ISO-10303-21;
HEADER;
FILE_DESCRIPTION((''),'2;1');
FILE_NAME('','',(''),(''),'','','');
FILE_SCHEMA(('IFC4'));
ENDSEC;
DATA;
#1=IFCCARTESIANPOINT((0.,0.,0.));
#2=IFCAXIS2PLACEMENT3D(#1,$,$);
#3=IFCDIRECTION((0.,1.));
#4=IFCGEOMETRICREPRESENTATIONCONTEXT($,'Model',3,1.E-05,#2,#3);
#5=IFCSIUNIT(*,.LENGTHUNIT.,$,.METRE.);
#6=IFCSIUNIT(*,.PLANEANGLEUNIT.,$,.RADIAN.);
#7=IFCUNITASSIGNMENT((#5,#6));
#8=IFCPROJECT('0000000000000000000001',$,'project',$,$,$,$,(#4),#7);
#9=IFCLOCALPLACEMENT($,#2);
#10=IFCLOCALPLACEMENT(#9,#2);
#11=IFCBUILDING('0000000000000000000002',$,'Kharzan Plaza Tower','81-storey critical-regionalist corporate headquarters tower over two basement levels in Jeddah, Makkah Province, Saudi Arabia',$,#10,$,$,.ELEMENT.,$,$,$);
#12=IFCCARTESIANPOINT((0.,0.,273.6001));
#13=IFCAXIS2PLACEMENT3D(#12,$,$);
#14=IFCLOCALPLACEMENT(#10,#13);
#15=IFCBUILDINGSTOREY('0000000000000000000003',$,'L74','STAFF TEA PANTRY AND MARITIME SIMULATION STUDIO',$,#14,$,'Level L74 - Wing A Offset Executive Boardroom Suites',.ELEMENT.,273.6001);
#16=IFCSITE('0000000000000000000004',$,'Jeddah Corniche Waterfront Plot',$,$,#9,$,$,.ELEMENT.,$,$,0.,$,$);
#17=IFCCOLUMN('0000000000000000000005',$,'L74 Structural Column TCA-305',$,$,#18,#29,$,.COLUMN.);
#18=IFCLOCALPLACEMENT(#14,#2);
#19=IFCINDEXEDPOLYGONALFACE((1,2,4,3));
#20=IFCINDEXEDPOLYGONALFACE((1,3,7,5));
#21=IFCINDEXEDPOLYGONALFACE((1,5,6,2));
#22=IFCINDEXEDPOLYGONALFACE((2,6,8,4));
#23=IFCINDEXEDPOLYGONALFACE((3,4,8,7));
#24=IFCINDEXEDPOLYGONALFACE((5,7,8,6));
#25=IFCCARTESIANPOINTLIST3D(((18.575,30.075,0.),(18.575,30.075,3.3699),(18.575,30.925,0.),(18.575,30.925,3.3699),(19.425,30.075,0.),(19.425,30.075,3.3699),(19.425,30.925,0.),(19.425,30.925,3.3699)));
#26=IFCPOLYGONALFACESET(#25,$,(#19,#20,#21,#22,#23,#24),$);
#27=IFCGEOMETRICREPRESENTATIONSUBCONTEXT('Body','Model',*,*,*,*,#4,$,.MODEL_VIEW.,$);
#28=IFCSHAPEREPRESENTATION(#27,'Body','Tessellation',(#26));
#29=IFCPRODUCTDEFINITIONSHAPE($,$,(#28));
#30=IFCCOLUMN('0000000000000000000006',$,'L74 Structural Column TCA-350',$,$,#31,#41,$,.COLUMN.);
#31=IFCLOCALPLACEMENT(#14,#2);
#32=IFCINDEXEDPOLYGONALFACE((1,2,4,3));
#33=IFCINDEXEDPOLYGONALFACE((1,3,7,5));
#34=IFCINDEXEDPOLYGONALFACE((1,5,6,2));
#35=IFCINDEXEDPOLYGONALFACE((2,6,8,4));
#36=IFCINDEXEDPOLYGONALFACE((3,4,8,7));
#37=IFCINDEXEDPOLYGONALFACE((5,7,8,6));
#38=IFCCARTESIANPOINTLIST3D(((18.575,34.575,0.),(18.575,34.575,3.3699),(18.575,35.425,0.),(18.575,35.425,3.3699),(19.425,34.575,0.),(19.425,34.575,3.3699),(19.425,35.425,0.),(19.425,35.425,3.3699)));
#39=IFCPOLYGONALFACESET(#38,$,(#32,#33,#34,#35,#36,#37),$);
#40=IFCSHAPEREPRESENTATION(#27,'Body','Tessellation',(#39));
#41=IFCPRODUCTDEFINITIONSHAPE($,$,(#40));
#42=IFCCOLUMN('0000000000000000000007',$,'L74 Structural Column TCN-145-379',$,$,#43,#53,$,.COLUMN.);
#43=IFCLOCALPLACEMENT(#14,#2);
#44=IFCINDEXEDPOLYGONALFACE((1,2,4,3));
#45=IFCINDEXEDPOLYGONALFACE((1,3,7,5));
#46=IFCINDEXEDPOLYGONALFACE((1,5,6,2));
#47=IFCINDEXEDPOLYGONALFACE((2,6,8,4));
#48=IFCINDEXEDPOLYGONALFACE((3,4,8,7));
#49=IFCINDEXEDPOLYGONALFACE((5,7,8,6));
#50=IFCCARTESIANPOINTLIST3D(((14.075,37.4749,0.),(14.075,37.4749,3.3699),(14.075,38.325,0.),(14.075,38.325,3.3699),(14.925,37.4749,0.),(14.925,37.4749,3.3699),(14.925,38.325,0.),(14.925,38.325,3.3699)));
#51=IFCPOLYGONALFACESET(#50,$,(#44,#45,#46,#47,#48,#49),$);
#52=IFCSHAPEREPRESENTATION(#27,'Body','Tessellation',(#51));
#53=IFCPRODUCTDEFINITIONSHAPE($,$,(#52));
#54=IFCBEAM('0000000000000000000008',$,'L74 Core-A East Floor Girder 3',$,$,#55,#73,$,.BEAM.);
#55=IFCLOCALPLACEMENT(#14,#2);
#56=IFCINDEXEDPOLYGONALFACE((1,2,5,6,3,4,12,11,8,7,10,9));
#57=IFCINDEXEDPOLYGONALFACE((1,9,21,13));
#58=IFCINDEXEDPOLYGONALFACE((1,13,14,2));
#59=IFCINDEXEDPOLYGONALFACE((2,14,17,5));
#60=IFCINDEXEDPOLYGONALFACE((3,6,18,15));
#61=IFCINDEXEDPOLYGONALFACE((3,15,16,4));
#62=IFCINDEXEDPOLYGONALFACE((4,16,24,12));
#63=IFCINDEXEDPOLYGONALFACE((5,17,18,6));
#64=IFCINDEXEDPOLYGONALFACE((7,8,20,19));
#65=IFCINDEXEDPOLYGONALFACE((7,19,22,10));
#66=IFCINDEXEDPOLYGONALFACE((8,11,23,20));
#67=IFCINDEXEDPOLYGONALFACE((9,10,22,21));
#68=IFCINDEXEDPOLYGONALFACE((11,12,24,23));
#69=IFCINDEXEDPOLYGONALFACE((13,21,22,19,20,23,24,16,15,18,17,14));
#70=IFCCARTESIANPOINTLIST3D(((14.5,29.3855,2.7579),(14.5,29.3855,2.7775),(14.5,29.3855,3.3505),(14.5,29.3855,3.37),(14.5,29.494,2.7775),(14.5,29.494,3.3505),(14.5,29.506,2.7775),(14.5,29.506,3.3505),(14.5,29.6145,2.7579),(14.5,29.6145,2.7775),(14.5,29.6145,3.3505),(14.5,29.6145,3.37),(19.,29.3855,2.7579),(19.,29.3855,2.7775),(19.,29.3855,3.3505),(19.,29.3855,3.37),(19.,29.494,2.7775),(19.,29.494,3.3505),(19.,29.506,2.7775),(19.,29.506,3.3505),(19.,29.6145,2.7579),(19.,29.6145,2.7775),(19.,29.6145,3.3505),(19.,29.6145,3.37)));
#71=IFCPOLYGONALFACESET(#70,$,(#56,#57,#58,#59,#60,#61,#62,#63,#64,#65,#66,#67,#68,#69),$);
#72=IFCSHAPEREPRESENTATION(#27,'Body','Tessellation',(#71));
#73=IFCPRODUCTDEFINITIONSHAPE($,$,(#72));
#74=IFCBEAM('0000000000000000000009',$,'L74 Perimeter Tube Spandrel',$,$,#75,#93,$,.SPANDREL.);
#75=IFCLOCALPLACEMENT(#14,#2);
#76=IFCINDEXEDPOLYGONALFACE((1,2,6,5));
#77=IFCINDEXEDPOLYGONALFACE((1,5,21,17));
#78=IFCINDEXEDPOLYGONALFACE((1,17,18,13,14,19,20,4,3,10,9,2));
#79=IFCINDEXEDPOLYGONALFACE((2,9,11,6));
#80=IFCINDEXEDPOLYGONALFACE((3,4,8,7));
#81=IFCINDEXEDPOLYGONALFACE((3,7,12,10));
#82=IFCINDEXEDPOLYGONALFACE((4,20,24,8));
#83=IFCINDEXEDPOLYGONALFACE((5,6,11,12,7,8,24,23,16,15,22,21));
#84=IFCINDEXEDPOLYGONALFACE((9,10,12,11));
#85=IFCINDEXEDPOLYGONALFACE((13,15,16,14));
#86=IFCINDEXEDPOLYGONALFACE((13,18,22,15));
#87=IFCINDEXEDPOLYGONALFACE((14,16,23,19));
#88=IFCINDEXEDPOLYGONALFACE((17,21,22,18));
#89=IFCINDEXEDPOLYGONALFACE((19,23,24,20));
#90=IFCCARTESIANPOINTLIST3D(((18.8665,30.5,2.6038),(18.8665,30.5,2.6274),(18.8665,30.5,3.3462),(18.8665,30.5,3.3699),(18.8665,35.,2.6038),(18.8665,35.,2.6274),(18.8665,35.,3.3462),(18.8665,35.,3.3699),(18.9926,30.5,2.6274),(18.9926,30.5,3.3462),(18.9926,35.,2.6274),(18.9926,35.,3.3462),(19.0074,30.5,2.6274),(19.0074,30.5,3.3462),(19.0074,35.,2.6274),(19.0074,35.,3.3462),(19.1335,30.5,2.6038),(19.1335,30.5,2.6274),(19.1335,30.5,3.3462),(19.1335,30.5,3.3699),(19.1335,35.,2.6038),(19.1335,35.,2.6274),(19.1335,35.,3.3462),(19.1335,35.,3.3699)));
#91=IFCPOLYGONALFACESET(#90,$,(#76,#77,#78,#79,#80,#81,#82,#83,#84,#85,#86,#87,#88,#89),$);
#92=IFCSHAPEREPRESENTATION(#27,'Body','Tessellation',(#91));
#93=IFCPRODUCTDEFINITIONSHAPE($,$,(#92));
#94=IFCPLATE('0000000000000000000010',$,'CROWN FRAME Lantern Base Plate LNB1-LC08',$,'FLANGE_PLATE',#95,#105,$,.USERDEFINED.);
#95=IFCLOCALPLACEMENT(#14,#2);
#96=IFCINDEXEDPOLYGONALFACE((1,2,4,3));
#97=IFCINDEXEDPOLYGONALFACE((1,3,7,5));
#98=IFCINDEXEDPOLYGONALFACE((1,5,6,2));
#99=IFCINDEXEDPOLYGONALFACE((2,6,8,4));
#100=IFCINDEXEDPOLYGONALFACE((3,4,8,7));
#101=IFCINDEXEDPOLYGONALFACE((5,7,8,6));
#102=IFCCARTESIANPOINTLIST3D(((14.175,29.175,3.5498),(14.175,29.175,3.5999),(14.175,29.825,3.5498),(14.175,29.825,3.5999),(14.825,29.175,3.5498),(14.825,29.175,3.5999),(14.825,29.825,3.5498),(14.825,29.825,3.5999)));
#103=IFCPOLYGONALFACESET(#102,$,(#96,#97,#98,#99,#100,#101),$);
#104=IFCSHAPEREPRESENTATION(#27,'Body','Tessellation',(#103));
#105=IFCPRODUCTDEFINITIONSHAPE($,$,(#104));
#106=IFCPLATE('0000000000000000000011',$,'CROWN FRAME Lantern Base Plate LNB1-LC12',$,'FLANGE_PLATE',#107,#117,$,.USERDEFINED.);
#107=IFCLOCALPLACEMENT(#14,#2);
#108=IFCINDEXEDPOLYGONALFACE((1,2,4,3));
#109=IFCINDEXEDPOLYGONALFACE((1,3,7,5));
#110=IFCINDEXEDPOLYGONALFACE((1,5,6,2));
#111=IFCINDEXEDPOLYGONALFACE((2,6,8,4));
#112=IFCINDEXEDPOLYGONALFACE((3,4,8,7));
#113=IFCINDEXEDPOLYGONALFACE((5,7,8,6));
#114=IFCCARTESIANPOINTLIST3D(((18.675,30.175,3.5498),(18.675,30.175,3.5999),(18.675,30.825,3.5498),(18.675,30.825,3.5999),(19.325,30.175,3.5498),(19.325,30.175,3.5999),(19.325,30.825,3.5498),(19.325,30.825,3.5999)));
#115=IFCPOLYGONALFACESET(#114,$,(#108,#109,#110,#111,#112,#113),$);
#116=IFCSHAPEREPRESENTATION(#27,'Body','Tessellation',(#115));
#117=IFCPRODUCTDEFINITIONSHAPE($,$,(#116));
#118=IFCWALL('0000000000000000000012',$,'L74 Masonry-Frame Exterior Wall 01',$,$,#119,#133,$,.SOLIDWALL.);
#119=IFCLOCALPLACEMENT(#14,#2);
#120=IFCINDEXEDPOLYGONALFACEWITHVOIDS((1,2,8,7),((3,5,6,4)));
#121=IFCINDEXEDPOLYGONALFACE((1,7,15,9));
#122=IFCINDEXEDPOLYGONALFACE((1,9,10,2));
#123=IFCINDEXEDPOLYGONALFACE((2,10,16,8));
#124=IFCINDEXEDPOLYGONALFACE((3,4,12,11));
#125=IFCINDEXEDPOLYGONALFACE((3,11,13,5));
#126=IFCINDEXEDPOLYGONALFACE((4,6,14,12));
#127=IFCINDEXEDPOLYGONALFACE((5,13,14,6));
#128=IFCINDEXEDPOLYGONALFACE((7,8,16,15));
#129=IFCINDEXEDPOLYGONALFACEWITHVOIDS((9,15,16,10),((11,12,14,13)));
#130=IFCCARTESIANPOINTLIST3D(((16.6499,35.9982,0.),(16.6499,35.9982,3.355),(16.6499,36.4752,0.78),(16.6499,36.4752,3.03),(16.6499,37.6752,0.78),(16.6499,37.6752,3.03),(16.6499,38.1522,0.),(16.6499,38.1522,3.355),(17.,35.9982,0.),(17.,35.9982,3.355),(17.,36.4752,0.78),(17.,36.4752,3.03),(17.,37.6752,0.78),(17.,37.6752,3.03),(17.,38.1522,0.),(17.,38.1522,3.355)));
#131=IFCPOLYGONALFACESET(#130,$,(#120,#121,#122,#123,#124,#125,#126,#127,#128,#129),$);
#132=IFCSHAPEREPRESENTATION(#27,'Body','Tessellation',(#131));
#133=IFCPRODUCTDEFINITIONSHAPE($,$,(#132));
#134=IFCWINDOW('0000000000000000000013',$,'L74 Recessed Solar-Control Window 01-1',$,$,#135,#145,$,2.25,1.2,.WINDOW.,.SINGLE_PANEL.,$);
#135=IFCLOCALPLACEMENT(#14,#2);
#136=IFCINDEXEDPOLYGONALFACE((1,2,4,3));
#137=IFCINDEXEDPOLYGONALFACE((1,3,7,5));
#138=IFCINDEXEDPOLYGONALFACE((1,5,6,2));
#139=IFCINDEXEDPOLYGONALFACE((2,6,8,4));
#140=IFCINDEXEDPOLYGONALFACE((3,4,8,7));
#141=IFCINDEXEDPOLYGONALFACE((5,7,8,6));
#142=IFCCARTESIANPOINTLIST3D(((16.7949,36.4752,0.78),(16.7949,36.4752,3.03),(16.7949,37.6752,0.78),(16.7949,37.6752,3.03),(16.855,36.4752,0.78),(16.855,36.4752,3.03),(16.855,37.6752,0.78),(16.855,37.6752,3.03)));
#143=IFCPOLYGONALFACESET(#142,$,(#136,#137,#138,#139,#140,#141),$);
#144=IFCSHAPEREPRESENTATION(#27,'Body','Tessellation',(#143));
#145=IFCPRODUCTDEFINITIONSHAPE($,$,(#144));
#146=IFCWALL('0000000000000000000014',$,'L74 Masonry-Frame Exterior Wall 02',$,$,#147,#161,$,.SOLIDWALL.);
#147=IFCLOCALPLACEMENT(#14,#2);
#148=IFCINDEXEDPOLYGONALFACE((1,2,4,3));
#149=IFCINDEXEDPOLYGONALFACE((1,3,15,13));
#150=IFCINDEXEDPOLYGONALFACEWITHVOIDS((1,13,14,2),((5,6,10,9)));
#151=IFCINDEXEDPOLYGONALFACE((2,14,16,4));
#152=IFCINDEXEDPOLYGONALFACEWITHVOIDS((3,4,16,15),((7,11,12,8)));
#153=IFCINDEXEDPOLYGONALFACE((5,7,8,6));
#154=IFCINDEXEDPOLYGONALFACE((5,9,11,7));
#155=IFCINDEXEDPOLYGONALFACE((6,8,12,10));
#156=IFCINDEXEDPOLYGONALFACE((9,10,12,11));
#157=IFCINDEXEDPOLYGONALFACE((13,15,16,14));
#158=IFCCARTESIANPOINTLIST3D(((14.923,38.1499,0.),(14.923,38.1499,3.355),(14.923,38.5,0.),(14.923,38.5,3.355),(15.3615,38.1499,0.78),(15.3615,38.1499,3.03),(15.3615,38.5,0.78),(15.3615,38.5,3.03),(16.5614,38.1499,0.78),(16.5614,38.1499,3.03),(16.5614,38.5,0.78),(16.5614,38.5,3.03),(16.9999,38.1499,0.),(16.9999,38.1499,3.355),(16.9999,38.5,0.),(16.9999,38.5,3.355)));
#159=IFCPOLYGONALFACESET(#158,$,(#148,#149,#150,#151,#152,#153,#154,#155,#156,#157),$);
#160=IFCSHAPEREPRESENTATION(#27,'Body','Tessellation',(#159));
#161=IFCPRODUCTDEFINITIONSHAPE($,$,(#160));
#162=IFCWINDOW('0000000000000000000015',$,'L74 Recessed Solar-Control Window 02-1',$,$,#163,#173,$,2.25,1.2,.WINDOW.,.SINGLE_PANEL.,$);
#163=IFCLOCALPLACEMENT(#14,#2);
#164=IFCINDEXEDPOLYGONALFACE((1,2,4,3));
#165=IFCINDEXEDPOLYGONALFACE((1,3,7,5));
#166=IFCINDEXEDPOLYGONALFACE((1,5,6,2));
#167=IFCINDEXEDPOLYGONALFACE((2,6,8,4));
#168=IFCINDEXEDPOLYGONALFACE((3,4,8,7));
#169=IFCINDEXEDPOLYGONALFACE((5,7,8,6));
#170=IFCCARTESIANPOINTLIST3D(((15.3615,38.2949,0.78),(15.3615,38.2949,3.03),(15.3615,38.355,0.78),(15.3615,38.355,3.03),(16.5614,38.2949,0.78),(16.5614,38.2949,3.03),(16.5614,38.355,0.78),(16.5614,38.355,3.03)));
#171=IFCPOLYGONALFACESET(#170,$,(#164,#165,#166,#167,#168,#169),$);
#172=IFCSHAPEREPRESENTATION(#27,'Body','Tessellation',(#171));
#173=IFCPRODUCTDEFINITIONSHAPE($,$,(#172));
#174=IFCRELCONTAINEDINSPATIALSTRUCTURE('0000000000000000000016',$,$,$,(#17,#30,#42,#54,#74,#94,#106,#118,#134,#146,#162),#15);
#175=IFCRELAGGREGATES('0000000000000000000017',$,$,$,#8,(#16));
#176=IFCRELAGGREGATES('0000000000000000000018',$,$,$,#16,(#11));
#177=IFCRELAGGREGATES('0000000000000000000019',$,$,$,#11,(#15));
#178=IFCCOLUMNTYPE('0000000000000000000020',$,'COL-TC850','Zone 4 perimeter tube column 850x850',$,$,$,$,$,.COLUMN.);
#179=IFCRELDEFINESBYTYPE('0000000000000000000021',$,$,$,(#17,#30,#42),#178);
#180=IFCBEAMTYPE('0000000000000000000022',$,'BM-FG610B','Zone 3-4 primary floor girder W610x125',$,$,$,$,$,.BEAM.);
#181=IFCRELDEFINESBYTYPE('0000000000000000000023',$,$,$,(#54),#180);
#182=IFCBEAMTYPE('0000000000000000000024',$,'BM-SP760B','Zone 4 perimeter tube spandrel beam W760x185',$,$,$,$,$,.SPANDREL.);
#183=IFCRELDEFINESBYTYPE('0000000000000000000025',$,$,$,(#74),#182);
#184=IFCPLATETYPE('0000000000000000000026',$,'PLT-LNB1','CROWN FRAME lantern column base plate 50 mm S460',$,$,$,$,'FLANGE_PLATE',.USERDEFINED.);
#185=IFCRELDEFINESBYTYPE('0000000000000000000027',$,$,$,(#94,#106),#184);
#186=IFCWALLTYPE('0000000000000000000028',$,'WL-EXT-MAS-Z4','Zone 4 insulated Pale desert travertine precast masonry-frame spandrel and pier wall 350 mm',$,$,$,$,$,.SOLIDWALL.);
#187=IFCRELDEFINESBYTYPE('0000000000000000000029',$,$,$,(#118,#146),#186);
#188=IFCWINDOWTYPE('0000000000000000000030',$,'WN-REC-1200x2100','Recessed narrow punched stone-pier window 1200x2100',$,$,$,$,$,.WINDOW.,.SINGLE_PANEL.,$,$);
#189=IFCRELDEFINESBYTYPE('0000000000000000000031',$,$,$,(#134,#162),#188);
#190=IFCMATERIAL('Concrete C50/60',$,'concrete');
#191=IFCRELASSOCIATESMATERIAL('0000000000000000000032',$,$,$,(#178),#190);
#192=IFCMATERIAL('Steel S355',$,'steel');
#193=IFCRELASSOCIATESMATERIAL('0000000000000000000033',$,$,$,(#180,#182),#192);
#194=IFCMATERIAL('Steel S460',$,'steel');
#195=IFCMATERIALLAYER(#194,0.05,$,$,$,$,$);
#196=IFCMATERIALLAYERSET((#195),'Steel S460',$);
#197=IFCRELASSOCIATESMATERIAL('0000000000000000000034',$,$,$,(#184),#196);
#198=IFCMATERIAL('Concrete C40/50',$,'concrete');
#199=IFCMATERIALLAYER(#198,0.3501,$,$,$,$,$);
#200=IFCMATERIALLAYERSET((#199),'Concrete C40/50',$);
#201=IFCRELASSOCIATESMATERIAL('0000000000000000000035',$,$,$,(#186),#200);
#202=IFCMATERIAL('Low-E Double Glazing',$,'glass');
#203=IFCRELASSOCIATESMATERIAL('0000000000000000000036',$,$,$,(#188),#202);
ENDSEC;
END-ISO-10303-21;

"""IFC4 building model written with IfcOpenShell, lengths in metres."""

from ifc_helpers import new_model, si_unit, direction, frame, frame_2d, origin, origin_2d, place, context, subcontext, project, spatial, rectangle, i_section, extrude, source, transform, mapped, material, layer, layer_set, material_profile, profile_set, type_object, element, fill, save


model = new_model("IFC4")

# Units and contexts
model_context = context("Model", 3, precision=1e-05, world=origin(), true_north=direction((0.0, 1.0)))
body_context = subcontext(model_context, "Body", "Model", "MODEL_VIEW")
ifc_project = project(units=[si_unit("LENGTHUNIT", "METRE"), si_unit("PLANEANGLEUNIT", "RADIAN")], contexts=[model_context])

# Site, building, storey
site_placement = place(None, origin())
site = spatial("IfcSite", under=ifc_project, at=site_placement, Name="Jeddah Corniche Waterfront Plot", CompositionType="ELEMENT", RefElevation=0.0)
building_placement = place(site_placement, origin())
building = spatial("IfcBuilding", under=site, at=building_placement, Name="Kharzan Plaza Tower", Description="81-storey critical-regionalist corporate headquarters tower over two basement levels in Jeddah, Makkah Province, Saudi Arabia", CompositionType="ELEMENT")
storey_placement = place(building_placement, frame((0.0, 0.0, 273.6001)))
storey = spatial("IfcBuildingStorey", under=building, at=storey_placement, Name="L74", Description="STAFF TEA PANTRY AND MARITIME SIMULATION STUDIO", LongName="Level L74 - Wing A Offset Executive Boardroom Suites", CompositionType="ELEMENT", Elevation=273.6001)

# Columns
ifc_material_1 = material(Name="Concrete C50/60", Category="concrete")
ifc_material_profile_1 = material_profile(ifc_material_1, rectangle(XDim=0.8501, YDim=0.8501, at=origin_2d()), Name="RC-TC850x850")
ifc_profile_set_1 = profile_set([ifc_material_profile_1], Name="Concrete C50/60")
column_type = type_object("IfcColumnType", Name="COL-TC850", Description="Zone 4 perimeter tube column 850x850", PredefinedType="COLUMN", material=ifc_profile_set_1)
shared_shape_1 = source(origin(), body_context, "Body", "SweptSolid", [
    extrude(rectangle(XDim=0.8501, YDim=0.8501, at=origin_2d()), origin(), (0.0, 0.0, 1.0), 3.3699),
])
for number, where, z_axis, x_axis, name in (
    (1, (19.0, 30.5, 0.0), (0.0, 0.0, 1.0), (1.0, 0.0, 0.0), "L74 Structural Column TCA-305"),
    (2, (19.0, 35.0, 0.0), (0.0, 0.0, 1.0), (1.0, 0.0, 0.0), "L74 Structural Column TCA-350"),
    (3, (14.5, 37.8999, 0.0), (0.0, 0.0, 1.0), (1.0, 0.0, 0.0), "L74 Structural Column TCN-145-379"),
):
    element("IfcColumn", number, at=place(storey_placement, frame(where, z_axis=z_axis, x_axis=x_axis)), inside=storey, type_object=column_type, Name=name, PredefinedType="COLUMN", context=body_context, shape_type="MappedRepresentation", body=[
        mapped(shared_shape_1, transform((0.0, 0.0, 0.0), x_axis=(1.0, 0.0, 0.0), y_axis=(0.0, 1.0, 0.0), z_axis=(0.0, 0.0, 1.0))),
    ])

# Beams
ifc_material_2 = material(Name="Steel S355", Category="steel")
ifc_material_profile_2 = material_profile(ifc_material_2, i_section(OverallWidth=0.229, OverallDepth=0.6121, WebThickness=0.012, FlangeThickness=0.0195, at=origin_2d()), Name="W610x125")
ifc_profile_set_2 = profile_set([ifc_material_profile_2], Name="Steel S355")
beam_type_1 = type_object("IfcBeamType", Name="BM-FG610B", Description="Zone 3-4 primary floor girder W610x125", PredefinedType="BEAM", material=ifc_profile_set_2)
shared_shape_2 = source(origin(), body_context, "Body", "SweptSolid", [
    extrude(i_section(OverallWidth=0.229, OverallDepth=0.6121, WebThickness=0.012, FlangeThickness=0.0195, at=origin_2d()), origin(), (0.0, 0.0, 1.0), 4.5),
])
beam_1_placement = place(storey_placement, frame((14.5, 29.5, 3.064), z_axis=(1.0, 0.0, 0.0), x_axis=(0.0, 1.0, 0.0)))
element("IfcBeam", 4, at=beam_1_placement, inside=storey, type_object=beam_type_1, Name="L74 Core-A East Floor Girder 3", PredefinedType="BEAM", context=body_context, shape_type="MappedRepresentation", body=[
    mapped(shared_shape_2, transform((0.0, 0.0, 0.0), x_axis=(1.0, 0.0, 0.0), y_axis=(0.0, 1.0, 0.0), z_axis=(0.0, 0.0, 1.0))),
])
ifc_material_profile_3 = material_profile(ifc_material_2, i_section(OverallWidth=0.2671, OverallDepth=0.7661, WebThickness=0.0149, FlangeThickness=0.0237, at=origin_2d()), Name="W760x185")
ifc_profile_set_3 = profile_set([ifc_material_profile_3], Name="Steel S355")
beam_type_2 = type_object("IfcBeamType", Name="BM-SP760B", Description="Zone 4 perimeter tube spandrel beam W760x185", PredefinedType="SPANDREL", material=ifc_profile_set_3)
shared_shape_3 = source(origin(), body_context, "Body", "SweptSolid", [
    extrude(i_section(OverallWidth=0.2671, OverallDepth=0.7661, WebThickness=0.0149, FlangeThickness=0.0237, at=origin_2d()), origin(), (0.0, 0.0, 1.0), 4.5),
])
beam_2_placement = place(storey_placement, frame((19.0, 30.5, 2.9868), z_axis=(0.0, 1.0, 0.0), x_axis=(-1.0, 0.0, 0.0)))
element("IfcBeam", 5, at=beam_2_placement, inside=storey, type_object=beam_type_2, Name="L74 Perimeter Tube Spandrel", PredefinedType="SPANDREL", context=body_context, shape_type="MappedRepresentation", body=[
    mapped(shared_shape_3, transform((0.0, 0.0, 0.0), x_axis=(1.0, 0.0, 0.0), y_axis=(0.0, 1.0, 0.0), z_axis=(0.0, 0.0, 1.0))),
])

# Plates
ifc_material_3 = material(Name="Steel S460", Category="steel")
ifc_layer_1 = layer(ifc_material_3, 0.05)
ifc_layer_set_1 = layer_set([ifc_layer_1], Name="Steel S460")
plate_type = type_object("IfcPlateType", Name="PLT-LNB1", Description="CROWN FRAME lantern column base plate 50 mm S460", ElementType="FLANGE_PLATE", PredefinedType="USERDEFINED", material=ifc_layer_set_1)
shared_shape_4 = source(origin(), body_context, "Body", "SweptSolid", [
    extrude(rectangle(XDim=0.6499, YDim=0.6499, at=origin_2d()), origin(), (0.0, 0.0, 1.0), 0.05),
])
for number, where, z_axis, x_axis, name in (
    (6, (14.5, 29.5, 3.5498), (0.0, 0.0, 1.0), (1.0, 0.0, 0.0), "CROWN FRAME Lantern Base Plate LNB1-LC08"),
    (7, (19.0, 30.5, 3.5498), (0.0, 0.0, 1.0), (1.0, 0.0, 0.0), "CROWN FRAME Lantern Base Plate LNB1-LC12"),
):
    element("IfcPlate", number, at=place(storey_placement, frame(where, z_axis=z_axis, x_axis=x_axis)), inside=storey, type_object=plate_type, Name=name, ObjectType="FLANGE_PLATE", PredefinedType="USERDEFINED", context=body_context, shape_type="MappedRepresentation", body=[
        mapped(shared_shape_4, transform((0.0, 0.0, 0.0), x_axis=(1.0, 0.0, 0.0), y_axis=(0.0, 1.0, 0.0), z_axis=(0.0, 0.0, 1.0))),
    ])

# Walls, openings, windows
ifc_material_4 = material(Name="Concrete C40/50", Category="concrete")
ifc_layer_2 = layer(ifc_material_4, 0.3501)
ifc_layer_set_2 = layer_set([ifc_layer_2], Name="Concrete C40/50")
wall_type_1 = type_object("IfcWallType", Name="WL-EXT-MAS-Z4", Description="Zone 4 insulated Pale desert travertine precast masonry-frame spandrel and pier wall 350 mm", PredefinedType="SOLIDWALL", material=ifc_layer_set_2)
wall_1_placement = place(storey_placement, frame((16.825, 35.998, 0.0), z_axis=(0.0, 0.0, 1.0), x_axis=(0.0, 1.0, 0.0)))
wall_1 = element("IfcWall", 8, at=wall_1_placement, inside=storey, type_object=wall_type_1, Name="L74 Masonry-Frame Exterior Wall 01", PredefinedType="SOLIDWALL", context=body_context, shape_type="SweptSolid", body=[
    extrude(rectangle(XDim=2.1541, YDim=0.3501, at=frame_2d((1.0771, 0.0))), origin(), (0.0, 0.0, 1.0), 3.355),
])
opening_1_placement = place(wall_1_placement, frame((0.4771, 0.0, 0.78)))
opening_1 = element("IfcOpeningElement", 9, at=opening_1_placement, cuts=wall_1, PredefinedType="OPENING", context=body_context, shape_type="SweptSolid", body=[
    extrude(rectangle(XDim=1.2, YDim=2.25, at=frame_2d((0.6001, 1.125))), frame((0.0, 0.1851, 0.0), z_axis=(0.0, -1.0, 0.0), x_axis=(1.0, 0.0, 0.0)), (0.0, 0.0, 1.0), 0.3701),
])
ifc_material_5 = material(Name="Low-E Double Glazing", Category="glass")
window_type_1 = type_object("IfcWindowType", Name="WN-REC-1200x2100", Description="Recessed narrow punched stone-pier window 1200x2100", PartitioningType="SINGLE_PANEL", PredefinedType="WINDOW", material=ifc_material_5)
shared_shape_5 = source(origin(), body_context, "Body", "SweptSolid", [
    extrude(rectangle(XDim=1.2, YDim=2.25, at=frame_2d((0.6001, 1.125))), frame((0.0, 0.03, 0.0), z_axis=(0.0, -1.0, 0.0), x_axis=(1.0, 0.0, 0.0)), (0.0, 0.0, 1.0), 0.0601),
])
window_1_placement = place(opening_1_placement, origin())
window_1 = element("IfcWindow", 10, at=window_1_placement, inside=storey, type_object=window_type_1, Name="L74 Recessed Solar-Control Window 01-1", OverallHeight=2.25, OverallWidth=1.2, PartitioningType="SINGLE_PANEL", PredefinedType="WINDOW", context=body_context, shape_type="MappedRepresentation", body=[
    mapped(shared_shape_5, transform((0.0, 0.0, 0.0), x_axis=(1.0, 0.0, 0.0), y_axis=(0.0, 1.0, 0.0), z_axis=(0.0, 0.0, 1.0))),
])
fill(opening_1, window_1)
wall_2_placement = place(storey_placement, frame((17.0, 38.325, 0.0), z_axis=(0.0, 0.0, 1.0), x_axis=(-1.0, 0.0, 0.0)))
wall_2 = element("IfcWall", 11, at=wall_2_placement, inside=storey, type_object=wall_type_1, Name="L74 Masonry-Frame Exterior Wall 02", PredefinedType="SOLIDWALL", context=body_context, shape_type="SweptSolid", body=[
    extrude(rectangle(XDim=2.0769, YDim=0.3501, at=frame_2d((1.0386, 0.0))), origin(), (0.0, 0.0, 1.0), 3.355),
])
opening_2_placement = place(wall_2_placement, frame((0.4385, 0.0, 0.78)))
opening_2 = element("IfcOpeningElement", 12, at=opening_2_placement, cuts=wall_2, PredefinedType="OPENING", context=body_context, shape_type="SweptSolid", body=[
    extrude(rectangle(XDim=1.2, YDim=2.25, at=frame_2d((0.6001, 1.125))), frame((0.0, 0.1851, 0.0), z_axis=(0.0, -1.0, 0.0), x_axis=(1.0, 0.0, 0.0)), (0.0, 0.0, 1.0), 0.3701),
])
window_2_placement = place(opening_2_placement, origin())
window_2 = element("IfcWindow", 13, at=window_2_placement, inside=storey, type_object=window_type_1, Name="L74 Recessed Solar-Control Window 02-1", OverallHeight=2.25, OverallWidth=1.2, PartitioningType="SINGLE_PANEL", PredefinedType="WINDOW", context=body_context, shape_type="MappedRepresentation", body=[
    mapped(shared_shape_5, transform((0.0, 0.0, 0.0), x_axis=(1.0, 0.0, 0.0), y_axis=(0.0, 1.0, 0.0), z_axis=(0.0, 0.0, 1.0))),
])
fill(opening_2, window_2)

save(model, "model.ifc")
